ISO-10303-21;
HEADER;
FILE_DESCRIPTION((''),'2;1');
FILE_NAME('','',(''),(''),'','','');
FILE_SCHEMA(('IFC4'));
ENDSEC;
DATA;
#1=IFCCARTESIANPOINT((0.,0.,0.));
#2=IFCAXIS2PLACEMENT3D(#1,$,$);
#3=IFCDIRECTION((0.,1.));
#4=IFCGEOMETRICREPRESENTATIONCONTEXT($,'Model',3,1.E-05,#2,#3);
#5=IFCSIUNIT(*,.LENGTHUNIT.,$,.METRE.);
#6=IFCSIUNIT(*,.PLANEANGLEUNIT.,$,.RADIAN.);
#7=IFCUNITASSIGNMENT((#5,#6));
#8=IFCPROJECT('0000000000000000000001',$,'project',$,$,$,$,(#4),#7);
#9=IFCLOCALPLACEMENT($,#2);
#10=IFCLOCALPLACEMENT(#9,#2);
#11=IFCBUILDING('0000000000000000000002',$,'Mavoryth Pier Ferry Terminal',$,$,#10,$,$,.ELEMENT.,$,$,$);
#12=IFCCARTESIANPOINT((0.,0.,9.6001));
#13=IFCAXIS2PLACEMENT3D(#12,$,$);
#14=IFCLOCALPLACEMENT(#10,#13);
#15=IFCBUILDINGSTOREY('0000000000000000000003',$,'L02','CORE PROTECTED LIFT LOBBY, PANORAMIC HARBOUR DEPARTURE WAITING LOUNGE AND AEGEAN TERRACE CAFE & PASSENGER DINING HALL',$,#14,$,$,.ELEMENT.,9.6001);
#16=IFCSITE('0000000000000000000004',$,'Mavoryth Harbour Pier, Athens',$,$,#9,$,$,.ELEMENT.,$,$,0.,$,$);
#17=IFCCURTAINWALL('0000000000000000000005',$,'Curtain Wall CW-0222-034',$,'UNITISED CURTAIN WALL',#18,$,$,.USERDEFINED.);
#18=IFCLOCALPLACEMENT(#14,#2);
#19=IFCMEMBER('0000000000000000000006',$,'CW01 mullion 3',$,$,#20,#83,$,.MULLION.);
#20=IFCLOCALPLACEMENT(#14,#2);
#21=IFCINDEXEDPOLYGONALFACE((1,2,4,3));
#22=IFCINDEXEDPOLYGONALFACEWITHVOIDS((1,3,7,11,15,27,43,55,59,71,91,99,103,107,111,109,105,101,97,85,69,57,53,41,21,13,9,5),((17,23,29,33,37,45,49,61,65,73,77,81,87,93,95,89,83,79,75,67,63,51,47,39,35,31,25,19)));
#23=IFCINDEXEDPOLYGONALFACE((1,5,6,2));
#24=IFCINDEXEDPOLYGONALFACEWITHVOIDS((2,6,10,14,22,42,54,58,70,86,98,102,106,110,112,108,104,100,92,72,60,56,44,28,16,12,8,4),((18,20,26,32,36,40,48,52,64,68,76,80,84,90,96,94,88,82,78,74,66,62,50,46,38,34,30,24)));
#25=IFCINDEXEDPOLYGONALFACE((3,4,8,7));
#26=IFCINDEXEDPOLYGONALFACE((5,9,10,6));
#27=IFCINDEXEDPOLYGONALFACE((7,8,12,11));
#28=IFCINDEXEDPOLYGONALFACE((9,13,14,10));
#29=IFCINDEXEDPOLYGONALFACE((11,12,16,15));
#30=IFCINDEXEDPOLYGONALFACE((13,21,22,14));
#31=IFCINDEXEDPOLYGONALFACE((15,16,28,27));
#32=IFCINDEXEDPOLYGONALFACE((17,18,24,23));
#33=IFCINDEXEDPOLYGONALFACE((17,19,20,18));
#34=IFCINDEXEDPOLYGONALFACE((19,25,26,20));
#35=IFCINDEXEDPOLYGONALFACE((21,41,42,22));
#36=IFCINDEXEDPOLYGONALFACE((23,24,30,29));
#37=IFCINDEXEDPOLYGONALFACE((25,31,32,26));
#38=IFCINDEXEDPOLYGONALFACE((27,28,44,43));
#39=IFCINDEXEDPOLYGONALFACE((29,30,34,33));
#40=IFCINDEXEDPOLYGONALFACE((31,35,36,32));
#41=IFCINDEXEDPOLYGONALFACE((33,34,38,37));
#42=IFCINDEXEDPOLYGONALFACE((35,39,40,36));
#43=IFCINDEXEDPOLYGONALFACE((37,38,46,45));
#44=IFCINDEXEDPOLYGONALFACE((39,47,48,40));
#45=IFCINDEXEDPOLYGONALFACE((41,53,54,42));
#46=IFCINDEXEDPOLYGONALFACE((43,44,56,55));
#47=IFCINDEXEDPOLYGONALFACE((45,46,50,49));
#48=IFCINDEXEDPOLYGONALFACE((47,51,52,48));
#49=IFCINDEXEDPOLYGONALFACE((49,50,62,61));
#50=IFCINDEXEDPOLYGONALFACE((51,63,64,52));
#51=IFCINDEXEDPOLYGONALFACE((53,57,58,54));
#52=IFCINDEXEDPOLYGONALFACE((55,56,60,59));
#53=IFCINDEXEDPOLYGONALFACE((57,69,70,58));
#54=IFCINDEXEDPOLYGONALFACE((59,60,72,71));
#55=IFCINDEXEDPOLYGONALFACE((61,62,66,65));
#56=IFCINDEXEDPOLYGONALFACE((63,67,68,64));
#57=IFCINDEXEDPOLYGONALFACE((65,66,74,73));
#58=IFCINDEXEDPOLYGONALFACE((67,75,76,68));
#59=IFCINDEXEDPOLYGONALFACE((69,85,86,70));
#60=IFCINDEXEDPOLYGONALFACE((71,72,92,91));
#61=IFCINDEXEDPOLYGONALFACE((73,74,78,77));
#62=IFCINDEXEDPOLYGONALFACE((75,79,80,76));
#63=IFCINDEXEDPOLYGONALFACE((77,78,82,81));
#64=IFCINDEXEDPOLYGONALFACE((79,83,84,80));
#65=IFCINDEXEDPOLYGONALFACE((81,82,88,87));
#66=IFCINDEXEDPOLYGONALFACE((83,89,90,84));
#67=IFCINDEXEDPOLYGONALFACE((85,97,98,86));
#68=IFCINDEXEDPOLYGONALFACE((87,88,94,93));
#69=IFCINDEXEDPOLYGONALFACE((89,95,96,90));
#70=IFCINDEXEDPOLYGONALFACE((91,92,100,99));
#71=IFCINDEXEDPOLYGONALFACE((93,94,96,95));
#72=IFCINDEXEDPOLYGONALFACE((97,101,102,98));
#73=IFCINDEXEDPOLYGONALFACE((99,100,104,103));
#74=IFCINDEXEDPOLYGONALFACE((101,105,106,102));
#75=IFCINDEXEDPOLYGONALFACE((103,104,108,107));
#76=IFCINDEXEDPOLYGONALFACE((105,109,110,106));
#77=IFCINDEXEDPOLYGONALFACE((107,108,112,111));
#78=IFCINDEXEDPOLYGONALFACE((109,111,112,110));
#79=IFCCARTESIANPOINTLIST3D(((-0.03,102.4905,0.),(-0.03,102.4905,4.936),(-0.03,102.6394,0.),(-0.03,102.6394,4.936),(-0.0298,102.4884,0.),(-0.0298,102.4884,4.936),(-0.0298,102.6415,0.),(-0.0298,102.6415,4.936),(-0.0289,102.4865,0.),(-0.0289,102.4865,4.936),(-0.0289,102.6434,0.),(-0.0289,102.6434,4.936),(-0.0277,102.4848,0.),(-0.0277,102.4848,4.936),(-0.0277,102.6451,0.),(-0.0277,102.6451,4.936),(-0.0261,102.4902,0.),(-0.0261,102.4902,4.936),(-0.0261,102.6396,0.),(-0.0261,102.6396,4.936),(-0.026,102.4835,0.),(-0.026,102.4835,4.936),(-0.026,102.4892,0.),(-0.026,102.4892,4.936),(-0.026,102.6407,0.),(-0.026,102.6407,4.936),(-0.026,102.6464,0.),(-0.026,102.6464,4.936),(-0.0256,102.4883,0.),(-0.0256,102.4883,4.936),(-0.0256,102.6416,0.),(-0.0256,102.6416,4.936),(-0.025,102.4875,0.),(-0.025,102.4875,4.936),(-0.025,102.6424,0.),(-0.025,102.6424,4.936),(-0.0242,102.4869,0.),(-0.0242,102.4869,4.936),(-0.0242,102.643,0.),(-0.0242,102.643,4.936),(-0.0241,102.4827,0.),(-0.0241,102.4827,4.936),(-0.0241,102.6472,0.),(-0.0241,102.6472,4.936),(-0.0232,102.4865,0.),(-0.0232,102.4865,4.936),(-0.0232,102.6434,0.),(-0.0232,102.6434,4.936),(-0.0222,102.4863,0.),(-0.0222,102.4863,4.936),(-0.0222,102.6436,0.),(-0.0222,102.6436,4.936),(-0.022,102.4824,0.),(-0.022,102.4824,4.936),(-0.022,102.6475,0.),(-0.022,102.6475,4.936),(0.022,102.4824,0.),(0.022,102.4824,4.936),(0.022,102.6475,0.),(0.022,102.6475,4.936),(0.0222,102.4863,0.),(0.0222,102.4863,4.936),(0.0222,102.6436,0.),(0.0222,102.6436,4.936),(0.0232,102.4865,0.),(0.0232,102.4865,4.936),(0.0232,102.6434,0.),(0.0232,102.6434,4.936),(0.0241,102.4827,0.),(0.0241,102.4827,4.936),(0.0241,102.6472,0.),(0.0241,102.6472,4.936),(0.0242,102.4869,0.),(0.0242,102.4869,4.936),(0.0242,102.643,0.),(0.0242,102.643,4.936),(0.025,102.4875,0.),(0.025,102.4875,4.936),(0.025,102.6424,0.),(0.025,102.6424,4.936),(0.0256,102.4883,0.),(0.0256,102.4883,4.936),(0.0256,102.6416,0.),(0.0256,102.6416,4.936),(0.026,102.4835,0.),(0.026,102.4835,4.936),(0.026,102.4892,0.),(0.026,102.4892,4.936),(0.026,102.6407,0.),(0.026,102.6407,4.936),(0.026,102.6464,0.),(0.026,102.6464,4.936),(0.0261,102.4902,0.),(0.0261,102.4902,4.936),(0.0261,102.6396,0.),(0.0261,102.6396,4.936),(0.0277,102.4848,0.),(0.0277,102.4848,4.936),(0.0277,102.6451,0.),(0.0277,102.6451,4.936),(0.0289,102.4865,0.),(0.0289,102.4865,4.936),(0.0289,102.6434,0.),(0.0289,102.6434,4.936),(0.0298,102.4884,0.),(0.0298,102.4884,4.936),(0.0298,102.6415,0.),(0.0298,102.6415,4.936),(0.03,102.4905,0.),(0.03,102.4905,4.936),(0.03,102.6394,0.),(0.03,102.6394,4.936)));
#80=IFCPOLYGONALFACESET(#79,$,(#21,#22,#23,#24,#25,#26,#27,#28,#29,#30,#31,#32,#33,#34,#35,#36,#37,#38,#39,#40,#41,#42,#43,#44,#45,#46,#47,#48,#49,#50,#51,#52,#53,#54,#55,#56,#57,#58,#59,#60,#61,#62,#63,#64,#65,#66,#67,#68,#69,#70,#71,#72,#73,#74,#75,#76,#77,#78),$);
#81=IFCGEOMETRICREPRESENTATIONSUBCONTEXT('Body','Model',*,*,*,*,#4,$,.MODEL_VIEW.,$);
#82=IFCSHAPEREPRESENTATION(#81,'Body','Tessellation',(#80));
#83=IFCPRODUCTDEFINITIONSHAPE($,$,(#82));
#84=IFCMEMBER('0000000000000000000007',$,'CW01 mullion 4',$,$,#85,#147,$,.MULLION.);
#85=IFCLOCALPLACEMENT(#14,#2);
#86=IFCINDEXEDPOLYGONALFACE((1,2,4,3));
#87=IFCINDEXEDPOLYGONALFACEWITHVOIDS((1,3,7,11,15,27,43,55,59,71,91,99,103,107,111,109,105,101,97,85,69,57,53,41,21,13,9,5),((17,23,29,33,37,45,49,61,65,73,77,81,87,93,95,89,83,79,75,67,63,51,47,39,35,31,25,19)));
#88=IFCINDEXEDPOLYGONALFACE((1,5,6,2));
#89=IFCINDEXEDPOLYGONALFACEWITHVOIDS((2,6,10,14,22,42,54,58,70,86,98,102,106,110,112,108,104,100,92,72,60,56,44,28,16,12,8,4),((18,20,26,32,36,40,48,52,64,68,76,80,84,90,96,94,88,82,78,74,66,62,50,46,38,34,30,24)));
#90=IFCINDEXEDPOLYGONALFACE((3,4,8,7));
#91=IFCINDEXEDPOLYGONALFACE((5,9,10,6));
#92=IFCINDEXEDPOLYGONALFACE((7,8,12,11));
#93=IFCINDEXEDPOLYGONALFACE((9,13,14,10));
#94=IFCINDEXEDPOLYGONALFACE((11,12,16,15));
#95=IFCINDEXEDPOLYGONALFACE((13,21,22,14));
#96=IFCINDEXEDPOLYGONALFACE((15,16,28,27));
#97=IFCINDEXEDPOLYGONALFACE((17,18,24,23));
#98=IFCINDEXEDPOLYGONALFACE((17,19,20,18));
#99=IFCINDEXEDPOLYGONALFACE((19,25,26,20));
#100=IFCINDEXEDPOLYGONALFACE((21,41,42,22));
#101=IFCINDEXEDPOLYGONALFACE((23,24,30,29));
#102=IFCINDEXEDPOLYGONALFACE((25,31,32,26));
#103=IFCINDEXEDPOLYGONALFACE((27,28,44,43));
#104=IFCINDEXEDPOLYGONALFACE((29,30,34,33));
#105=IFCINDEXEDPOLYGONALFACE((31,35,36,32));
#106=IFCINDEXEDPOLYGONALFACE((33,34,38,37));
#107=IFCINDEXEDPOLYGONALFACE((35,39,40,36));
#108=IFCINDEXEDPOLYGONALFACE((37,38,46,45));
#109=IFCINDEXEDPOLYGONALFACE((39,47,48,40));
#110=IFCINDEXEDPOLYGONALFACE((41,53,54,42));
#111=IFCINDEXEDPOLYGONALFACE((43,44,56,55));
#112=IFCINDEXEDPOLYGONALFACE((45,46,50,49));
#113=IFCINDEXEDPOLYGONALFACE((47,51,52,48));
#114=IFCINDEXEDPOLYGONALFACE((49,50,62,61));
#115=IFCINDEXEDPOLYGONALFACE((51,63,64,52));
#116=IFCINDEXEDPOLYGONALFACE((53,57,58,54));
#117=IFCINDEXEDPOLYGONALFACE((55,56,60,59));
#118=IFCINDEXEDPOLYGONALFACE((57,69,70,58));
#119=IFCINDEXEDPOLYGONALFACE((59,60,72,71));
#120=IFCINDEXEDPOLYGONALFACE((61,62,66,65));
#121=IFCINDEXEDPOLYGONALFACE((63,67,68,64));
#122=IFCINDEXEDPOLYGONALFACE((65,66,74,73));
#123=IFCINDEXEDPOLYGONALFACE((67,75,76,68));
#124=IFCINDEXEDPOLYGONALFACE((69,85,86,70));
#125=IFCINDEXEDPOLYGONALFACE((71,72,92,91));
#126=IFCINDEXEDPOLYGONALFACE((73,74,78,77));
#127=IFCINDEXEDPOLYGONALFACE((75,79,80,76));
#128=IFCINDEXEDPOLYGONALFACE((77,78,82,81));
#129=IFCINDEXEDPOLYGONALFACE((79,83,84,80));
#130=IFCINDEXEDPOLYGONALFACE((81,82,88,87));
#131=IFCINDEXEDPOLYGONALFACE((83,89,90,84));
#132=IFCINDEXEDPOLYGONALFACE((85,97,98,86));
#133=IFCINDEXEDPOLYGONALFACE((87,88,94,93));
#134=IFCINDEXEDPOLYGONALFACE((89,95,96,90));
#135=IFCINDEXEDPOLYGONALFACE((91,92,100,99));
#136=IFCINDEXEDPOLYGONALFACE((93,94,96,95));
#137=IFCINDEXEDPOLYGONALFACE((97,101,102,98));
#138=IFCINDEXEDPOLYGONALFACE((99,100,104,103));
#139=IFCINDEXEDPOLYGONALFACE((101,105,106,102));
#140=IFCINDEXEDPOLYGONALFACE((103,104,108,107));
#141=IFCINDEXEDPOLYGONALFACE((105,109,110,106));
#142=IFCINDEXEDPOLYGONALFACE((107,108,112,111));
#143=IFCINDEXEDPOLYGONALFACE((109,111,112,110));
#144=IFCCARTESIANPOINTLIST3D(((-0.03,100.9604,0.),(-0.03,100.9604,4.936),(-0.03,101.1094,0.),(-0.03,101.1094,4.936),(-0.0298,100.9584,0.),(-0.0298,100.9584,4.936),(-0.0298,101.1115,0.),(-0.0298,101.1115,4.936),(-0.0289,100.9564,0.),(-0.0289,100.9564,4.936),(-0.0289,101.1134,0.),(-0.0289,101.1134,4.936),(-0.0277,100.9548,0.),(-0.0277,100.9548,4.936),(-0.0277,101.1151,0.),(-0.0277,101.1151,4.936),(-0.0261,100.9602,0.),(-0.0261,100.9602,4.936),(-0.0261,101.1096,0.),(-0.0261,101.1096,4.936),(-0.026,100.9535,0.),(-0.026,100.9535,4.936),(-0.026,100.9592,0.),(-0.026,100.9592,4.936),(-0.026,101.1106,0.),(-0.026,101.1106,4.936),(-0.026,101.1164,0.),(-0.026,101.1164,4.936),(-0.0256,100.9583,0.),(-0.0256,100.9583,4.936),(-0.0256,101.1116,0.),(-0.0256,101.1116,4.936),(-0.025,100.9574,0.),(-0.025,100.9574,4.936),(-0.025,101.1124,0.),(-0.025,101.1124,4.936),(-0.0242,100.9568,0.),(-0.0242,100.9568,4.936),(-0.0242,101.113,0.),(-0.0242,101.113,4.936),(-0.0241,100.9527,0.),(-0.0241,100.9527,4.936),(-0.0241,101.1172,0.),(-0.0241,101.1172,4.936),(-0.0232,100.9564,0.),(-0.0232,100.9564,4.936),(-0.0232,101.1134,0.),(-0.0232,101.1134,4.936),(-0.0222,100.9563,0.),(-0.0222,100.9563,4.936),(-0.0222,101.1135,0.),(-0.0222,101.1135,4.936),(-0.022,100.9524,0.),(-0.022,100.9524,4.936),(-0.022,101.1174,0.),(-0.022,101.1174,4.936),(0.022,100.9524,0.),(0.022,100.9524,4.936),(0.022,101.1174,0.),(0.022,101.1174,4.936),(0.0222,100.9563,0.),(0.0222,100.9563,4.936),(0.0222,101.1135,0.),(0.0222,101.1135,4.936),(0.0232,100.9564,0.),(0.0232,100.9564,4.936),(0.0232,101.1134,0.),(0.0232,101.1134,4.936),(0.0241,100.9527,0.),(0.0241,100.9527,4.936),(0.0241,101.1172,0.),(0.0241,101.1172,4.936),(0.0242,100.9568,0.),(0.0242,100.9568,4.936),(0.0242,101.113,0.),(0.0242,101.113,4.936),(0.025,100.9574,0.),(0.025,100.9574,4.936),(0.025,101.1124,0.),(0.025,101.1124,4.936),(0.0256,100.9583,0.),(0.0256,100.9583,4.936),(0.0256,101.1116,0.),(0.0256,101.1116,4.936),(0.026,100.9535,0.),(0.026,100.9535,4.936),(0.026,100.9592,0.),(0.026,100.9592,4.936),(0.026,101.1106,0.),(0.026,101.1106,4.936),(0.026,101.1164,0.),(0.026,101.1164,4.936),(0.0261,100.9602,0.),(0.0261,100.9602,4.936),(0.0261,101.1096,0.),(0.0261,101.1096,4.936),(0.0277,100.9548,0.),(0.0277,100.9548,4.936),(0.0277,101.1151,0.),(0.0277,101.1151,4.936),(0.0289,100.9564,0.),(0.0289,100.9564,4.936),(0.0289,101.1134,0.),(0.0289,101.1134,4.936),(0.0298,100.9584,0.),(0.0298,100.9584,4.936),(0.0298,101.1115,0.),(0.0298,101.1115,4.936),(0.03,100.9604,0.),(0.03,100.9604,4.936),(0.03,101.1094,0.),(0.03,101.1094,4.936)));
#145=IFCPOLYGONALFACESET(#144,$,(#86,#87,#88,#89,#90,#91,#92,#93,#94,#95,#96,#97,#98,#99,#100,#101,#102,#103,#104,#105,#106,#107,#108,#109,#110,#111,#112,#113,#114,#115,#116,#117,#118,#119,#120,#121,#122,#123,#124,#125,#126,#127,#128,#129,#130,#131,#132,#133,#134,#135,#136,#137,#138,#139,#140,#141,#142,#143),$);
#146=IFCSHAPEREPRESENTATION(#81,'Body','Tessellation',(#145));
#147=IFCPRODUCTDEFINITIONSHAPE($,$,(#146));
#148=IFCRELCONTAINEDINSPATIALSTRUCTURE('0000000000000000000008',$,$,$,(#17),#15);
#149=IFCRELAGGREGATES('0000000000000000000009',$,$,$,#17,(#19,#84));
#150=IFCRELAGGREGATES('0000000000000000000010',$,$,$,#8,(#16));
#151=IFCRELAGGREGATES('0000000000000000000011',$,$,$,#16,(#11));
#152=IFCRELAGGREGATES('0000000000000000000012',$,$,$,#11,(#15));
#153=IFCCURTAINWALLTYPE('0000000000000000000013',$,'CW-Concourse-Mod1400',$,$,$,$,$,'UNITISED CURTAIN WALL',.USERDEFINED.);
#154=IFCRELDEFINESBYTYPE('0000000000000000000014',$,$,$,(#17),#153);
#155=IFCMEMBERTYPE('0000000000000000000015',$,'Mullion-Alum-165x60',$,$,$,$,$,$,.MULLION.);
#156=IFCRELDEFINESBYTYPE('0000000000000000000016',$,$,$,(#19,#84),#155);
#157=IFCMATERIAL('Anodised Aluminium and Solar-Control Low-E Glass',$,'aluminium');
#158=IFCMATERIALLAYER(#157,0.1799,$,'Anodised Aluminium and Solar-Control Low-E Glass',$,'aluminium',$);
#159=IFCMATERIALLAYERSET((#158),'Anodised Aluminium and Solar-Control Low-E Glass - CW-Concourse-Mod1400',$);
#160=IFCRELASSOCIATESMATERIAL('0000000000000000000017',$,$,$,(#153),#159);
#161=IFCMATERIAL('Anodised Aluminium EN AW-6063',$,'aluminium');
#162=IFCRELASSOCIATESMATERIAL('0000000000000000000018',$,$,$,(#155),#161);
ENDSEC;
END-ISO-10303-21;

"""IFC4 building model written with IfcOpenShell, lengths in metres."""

from ifc_helpers import new_model, si_unit, direction, frame, origin, origin_2d, place, context, subcontext, project, spatial, hollow_rectangle, extrude, material, layer, layer_set, material_profile, profile_set, type_object, element, aggregate, save


model = new_model("IFC4")

# Units and contexts
model_context = context("Model", 3, precision=1e-05, world=origin(), true_north=direction((0.0, 1.0)))
body_context = subcontext(model_context, "Body", "Model", "MODEL_VIEW")
ifc_project = project(units=[si_unit("LENGTHUNIT", "METRE"), si_unit("PLANEANGLEUNIT", "RADIAN")], contexts=[model_context])

# Site, building, storey
site_placement = place(None, origin())
site = spatial("IfcSite", under=ifc_project, at=site_placement, Name="Mavoryth Harbour Pier, Athens", CompositionType="ELEMENT", RefElevation=0.0)
building_placement = place(site_placement, origin())
building = spatial("IfcBuilding", under=site, at=building_placement, Name="Mavoryth Pier Ferry Terminal", CompositionType="ELEMENT")
storey_placement = place(building_placement, frame((0.0, 0.0, 9.6001)))
storey = spatial("IfcBuildingStorey", under=building, at=storey_placement, Name="L02", Description="CORE PROTECTED LIFT LOBBY, PANORAMIC HARBOUR DEPARTURE WAITING LOUNGE AND AEGEAN TERRACE CAFE & PASSENGER DINING HALL", CompositionType="ELEMENT", Elevation=9.6001)

# Curtain wall, members
ifc_material_1 = material(Name="Anodised Aluminium and Solar-Control Low-E Glass", Category="aluminium")
ifc_layer_1 = layer(ifc_material_1, 0.1799, Name="Anodised Aluminium and Solar-Control Low-E Glass", Category="aluminium")
ifc_layer_set_1 = layer_set([ifc_layer_1], Name="Anodised Aluminium and Solar-Control Low-E Glass - CW-Concourse-Mod1400")
curtain_wall_type = type_object("IfcCurtainWallType", Name="CW-Concourse-Mod1400", ElementType="UNITISED CURTAIN WALL", PredefinedType="USERDEFINED", material=ifc_layer_set_1)
curtain_wall_placement = place(storey_placement, origin())
curtain_wall = element("IfcCurtainWall", 1, at=curtain_wall_placement, inside=storey, type_object=curtain_wall_type, Name="Curtain Wall CW-0222-034", ObjectType="UNITISED CURTAIN WALL", PredefinedType="USERDEFINED")
ifc_material_2 = material(Name="Anodised Aluminium EN AW-6063", Category="aluminium")
ifc_material_profile_1 = material_profile(ifc_material_2, hollow_rectangle(XDim=0.0601, YDim=0.165, WallThickness=0.0039, InnerFilletRadius=0.0039, OuterFilletRadius=0.0081, at=origin_2d()), Name="AL-MULL 165x60x4", Category="aluminium")
ifc_profile_set_1 = profile_set([ifc_material_profile_1], Name="Anodised Aluminium EN AW-6063 - AL-MULL 165x60x4")
member_type_1 = type_object("IfcMemberType", Name="Mullion-Alum-165x60", PredefinedType="MULLION", material=ifc_profile_set_1)
member_1_placement = place(storey_placement, frame((0.0, 102.5649, 0.0), z_axis=(0.0, 0.0, 1.0), x_axis=(1.0, 0.0, 0.0)))
member_1 = element("IfcMember", 2, at=member_1_placement, type_object=member_type_1, Name="CW01 mullion 3", PredefinedType="MULLION", context=body_context, shape_type="SweptSolid", body=[
    extrude(hollow_rectangle(XDim=0.0601, YDim=0.165, WallThickness=0.0039, InnerFilletRadius=0.0039, OuterFilletRadius=0.0081, at=origin_2d()), origin(), (0.0, 0.0, 1.0), 4.936),
])
member_2_placement = place(storey_placement, frame((0.0, 101.0349, 0.0), z_axis=(0.0, 0.0, 1.0), x_axis=(1.0, 0.0, 0.0)))
member_2 = element("IfcMember", 3, at=member_2_placement, type_object=member_type_1, Name="CW01 mullion 4", PredefinedType="MULLION", context=body_context, shape_type="SweptSolid", body=[
    extrude(hollow_rectangle(XDim=0.0601, YDim=0.165, WallThickness=0.0039, InnerFilletRadius=0.0039, OuterFilletRadius=0.0081, at=origin_2d()), origin(), (0.0, 0.0, 1.0), 4.936),
])

aggregate(curtain_wall, [member_1, member_2])

save(model, "model.ifc")
